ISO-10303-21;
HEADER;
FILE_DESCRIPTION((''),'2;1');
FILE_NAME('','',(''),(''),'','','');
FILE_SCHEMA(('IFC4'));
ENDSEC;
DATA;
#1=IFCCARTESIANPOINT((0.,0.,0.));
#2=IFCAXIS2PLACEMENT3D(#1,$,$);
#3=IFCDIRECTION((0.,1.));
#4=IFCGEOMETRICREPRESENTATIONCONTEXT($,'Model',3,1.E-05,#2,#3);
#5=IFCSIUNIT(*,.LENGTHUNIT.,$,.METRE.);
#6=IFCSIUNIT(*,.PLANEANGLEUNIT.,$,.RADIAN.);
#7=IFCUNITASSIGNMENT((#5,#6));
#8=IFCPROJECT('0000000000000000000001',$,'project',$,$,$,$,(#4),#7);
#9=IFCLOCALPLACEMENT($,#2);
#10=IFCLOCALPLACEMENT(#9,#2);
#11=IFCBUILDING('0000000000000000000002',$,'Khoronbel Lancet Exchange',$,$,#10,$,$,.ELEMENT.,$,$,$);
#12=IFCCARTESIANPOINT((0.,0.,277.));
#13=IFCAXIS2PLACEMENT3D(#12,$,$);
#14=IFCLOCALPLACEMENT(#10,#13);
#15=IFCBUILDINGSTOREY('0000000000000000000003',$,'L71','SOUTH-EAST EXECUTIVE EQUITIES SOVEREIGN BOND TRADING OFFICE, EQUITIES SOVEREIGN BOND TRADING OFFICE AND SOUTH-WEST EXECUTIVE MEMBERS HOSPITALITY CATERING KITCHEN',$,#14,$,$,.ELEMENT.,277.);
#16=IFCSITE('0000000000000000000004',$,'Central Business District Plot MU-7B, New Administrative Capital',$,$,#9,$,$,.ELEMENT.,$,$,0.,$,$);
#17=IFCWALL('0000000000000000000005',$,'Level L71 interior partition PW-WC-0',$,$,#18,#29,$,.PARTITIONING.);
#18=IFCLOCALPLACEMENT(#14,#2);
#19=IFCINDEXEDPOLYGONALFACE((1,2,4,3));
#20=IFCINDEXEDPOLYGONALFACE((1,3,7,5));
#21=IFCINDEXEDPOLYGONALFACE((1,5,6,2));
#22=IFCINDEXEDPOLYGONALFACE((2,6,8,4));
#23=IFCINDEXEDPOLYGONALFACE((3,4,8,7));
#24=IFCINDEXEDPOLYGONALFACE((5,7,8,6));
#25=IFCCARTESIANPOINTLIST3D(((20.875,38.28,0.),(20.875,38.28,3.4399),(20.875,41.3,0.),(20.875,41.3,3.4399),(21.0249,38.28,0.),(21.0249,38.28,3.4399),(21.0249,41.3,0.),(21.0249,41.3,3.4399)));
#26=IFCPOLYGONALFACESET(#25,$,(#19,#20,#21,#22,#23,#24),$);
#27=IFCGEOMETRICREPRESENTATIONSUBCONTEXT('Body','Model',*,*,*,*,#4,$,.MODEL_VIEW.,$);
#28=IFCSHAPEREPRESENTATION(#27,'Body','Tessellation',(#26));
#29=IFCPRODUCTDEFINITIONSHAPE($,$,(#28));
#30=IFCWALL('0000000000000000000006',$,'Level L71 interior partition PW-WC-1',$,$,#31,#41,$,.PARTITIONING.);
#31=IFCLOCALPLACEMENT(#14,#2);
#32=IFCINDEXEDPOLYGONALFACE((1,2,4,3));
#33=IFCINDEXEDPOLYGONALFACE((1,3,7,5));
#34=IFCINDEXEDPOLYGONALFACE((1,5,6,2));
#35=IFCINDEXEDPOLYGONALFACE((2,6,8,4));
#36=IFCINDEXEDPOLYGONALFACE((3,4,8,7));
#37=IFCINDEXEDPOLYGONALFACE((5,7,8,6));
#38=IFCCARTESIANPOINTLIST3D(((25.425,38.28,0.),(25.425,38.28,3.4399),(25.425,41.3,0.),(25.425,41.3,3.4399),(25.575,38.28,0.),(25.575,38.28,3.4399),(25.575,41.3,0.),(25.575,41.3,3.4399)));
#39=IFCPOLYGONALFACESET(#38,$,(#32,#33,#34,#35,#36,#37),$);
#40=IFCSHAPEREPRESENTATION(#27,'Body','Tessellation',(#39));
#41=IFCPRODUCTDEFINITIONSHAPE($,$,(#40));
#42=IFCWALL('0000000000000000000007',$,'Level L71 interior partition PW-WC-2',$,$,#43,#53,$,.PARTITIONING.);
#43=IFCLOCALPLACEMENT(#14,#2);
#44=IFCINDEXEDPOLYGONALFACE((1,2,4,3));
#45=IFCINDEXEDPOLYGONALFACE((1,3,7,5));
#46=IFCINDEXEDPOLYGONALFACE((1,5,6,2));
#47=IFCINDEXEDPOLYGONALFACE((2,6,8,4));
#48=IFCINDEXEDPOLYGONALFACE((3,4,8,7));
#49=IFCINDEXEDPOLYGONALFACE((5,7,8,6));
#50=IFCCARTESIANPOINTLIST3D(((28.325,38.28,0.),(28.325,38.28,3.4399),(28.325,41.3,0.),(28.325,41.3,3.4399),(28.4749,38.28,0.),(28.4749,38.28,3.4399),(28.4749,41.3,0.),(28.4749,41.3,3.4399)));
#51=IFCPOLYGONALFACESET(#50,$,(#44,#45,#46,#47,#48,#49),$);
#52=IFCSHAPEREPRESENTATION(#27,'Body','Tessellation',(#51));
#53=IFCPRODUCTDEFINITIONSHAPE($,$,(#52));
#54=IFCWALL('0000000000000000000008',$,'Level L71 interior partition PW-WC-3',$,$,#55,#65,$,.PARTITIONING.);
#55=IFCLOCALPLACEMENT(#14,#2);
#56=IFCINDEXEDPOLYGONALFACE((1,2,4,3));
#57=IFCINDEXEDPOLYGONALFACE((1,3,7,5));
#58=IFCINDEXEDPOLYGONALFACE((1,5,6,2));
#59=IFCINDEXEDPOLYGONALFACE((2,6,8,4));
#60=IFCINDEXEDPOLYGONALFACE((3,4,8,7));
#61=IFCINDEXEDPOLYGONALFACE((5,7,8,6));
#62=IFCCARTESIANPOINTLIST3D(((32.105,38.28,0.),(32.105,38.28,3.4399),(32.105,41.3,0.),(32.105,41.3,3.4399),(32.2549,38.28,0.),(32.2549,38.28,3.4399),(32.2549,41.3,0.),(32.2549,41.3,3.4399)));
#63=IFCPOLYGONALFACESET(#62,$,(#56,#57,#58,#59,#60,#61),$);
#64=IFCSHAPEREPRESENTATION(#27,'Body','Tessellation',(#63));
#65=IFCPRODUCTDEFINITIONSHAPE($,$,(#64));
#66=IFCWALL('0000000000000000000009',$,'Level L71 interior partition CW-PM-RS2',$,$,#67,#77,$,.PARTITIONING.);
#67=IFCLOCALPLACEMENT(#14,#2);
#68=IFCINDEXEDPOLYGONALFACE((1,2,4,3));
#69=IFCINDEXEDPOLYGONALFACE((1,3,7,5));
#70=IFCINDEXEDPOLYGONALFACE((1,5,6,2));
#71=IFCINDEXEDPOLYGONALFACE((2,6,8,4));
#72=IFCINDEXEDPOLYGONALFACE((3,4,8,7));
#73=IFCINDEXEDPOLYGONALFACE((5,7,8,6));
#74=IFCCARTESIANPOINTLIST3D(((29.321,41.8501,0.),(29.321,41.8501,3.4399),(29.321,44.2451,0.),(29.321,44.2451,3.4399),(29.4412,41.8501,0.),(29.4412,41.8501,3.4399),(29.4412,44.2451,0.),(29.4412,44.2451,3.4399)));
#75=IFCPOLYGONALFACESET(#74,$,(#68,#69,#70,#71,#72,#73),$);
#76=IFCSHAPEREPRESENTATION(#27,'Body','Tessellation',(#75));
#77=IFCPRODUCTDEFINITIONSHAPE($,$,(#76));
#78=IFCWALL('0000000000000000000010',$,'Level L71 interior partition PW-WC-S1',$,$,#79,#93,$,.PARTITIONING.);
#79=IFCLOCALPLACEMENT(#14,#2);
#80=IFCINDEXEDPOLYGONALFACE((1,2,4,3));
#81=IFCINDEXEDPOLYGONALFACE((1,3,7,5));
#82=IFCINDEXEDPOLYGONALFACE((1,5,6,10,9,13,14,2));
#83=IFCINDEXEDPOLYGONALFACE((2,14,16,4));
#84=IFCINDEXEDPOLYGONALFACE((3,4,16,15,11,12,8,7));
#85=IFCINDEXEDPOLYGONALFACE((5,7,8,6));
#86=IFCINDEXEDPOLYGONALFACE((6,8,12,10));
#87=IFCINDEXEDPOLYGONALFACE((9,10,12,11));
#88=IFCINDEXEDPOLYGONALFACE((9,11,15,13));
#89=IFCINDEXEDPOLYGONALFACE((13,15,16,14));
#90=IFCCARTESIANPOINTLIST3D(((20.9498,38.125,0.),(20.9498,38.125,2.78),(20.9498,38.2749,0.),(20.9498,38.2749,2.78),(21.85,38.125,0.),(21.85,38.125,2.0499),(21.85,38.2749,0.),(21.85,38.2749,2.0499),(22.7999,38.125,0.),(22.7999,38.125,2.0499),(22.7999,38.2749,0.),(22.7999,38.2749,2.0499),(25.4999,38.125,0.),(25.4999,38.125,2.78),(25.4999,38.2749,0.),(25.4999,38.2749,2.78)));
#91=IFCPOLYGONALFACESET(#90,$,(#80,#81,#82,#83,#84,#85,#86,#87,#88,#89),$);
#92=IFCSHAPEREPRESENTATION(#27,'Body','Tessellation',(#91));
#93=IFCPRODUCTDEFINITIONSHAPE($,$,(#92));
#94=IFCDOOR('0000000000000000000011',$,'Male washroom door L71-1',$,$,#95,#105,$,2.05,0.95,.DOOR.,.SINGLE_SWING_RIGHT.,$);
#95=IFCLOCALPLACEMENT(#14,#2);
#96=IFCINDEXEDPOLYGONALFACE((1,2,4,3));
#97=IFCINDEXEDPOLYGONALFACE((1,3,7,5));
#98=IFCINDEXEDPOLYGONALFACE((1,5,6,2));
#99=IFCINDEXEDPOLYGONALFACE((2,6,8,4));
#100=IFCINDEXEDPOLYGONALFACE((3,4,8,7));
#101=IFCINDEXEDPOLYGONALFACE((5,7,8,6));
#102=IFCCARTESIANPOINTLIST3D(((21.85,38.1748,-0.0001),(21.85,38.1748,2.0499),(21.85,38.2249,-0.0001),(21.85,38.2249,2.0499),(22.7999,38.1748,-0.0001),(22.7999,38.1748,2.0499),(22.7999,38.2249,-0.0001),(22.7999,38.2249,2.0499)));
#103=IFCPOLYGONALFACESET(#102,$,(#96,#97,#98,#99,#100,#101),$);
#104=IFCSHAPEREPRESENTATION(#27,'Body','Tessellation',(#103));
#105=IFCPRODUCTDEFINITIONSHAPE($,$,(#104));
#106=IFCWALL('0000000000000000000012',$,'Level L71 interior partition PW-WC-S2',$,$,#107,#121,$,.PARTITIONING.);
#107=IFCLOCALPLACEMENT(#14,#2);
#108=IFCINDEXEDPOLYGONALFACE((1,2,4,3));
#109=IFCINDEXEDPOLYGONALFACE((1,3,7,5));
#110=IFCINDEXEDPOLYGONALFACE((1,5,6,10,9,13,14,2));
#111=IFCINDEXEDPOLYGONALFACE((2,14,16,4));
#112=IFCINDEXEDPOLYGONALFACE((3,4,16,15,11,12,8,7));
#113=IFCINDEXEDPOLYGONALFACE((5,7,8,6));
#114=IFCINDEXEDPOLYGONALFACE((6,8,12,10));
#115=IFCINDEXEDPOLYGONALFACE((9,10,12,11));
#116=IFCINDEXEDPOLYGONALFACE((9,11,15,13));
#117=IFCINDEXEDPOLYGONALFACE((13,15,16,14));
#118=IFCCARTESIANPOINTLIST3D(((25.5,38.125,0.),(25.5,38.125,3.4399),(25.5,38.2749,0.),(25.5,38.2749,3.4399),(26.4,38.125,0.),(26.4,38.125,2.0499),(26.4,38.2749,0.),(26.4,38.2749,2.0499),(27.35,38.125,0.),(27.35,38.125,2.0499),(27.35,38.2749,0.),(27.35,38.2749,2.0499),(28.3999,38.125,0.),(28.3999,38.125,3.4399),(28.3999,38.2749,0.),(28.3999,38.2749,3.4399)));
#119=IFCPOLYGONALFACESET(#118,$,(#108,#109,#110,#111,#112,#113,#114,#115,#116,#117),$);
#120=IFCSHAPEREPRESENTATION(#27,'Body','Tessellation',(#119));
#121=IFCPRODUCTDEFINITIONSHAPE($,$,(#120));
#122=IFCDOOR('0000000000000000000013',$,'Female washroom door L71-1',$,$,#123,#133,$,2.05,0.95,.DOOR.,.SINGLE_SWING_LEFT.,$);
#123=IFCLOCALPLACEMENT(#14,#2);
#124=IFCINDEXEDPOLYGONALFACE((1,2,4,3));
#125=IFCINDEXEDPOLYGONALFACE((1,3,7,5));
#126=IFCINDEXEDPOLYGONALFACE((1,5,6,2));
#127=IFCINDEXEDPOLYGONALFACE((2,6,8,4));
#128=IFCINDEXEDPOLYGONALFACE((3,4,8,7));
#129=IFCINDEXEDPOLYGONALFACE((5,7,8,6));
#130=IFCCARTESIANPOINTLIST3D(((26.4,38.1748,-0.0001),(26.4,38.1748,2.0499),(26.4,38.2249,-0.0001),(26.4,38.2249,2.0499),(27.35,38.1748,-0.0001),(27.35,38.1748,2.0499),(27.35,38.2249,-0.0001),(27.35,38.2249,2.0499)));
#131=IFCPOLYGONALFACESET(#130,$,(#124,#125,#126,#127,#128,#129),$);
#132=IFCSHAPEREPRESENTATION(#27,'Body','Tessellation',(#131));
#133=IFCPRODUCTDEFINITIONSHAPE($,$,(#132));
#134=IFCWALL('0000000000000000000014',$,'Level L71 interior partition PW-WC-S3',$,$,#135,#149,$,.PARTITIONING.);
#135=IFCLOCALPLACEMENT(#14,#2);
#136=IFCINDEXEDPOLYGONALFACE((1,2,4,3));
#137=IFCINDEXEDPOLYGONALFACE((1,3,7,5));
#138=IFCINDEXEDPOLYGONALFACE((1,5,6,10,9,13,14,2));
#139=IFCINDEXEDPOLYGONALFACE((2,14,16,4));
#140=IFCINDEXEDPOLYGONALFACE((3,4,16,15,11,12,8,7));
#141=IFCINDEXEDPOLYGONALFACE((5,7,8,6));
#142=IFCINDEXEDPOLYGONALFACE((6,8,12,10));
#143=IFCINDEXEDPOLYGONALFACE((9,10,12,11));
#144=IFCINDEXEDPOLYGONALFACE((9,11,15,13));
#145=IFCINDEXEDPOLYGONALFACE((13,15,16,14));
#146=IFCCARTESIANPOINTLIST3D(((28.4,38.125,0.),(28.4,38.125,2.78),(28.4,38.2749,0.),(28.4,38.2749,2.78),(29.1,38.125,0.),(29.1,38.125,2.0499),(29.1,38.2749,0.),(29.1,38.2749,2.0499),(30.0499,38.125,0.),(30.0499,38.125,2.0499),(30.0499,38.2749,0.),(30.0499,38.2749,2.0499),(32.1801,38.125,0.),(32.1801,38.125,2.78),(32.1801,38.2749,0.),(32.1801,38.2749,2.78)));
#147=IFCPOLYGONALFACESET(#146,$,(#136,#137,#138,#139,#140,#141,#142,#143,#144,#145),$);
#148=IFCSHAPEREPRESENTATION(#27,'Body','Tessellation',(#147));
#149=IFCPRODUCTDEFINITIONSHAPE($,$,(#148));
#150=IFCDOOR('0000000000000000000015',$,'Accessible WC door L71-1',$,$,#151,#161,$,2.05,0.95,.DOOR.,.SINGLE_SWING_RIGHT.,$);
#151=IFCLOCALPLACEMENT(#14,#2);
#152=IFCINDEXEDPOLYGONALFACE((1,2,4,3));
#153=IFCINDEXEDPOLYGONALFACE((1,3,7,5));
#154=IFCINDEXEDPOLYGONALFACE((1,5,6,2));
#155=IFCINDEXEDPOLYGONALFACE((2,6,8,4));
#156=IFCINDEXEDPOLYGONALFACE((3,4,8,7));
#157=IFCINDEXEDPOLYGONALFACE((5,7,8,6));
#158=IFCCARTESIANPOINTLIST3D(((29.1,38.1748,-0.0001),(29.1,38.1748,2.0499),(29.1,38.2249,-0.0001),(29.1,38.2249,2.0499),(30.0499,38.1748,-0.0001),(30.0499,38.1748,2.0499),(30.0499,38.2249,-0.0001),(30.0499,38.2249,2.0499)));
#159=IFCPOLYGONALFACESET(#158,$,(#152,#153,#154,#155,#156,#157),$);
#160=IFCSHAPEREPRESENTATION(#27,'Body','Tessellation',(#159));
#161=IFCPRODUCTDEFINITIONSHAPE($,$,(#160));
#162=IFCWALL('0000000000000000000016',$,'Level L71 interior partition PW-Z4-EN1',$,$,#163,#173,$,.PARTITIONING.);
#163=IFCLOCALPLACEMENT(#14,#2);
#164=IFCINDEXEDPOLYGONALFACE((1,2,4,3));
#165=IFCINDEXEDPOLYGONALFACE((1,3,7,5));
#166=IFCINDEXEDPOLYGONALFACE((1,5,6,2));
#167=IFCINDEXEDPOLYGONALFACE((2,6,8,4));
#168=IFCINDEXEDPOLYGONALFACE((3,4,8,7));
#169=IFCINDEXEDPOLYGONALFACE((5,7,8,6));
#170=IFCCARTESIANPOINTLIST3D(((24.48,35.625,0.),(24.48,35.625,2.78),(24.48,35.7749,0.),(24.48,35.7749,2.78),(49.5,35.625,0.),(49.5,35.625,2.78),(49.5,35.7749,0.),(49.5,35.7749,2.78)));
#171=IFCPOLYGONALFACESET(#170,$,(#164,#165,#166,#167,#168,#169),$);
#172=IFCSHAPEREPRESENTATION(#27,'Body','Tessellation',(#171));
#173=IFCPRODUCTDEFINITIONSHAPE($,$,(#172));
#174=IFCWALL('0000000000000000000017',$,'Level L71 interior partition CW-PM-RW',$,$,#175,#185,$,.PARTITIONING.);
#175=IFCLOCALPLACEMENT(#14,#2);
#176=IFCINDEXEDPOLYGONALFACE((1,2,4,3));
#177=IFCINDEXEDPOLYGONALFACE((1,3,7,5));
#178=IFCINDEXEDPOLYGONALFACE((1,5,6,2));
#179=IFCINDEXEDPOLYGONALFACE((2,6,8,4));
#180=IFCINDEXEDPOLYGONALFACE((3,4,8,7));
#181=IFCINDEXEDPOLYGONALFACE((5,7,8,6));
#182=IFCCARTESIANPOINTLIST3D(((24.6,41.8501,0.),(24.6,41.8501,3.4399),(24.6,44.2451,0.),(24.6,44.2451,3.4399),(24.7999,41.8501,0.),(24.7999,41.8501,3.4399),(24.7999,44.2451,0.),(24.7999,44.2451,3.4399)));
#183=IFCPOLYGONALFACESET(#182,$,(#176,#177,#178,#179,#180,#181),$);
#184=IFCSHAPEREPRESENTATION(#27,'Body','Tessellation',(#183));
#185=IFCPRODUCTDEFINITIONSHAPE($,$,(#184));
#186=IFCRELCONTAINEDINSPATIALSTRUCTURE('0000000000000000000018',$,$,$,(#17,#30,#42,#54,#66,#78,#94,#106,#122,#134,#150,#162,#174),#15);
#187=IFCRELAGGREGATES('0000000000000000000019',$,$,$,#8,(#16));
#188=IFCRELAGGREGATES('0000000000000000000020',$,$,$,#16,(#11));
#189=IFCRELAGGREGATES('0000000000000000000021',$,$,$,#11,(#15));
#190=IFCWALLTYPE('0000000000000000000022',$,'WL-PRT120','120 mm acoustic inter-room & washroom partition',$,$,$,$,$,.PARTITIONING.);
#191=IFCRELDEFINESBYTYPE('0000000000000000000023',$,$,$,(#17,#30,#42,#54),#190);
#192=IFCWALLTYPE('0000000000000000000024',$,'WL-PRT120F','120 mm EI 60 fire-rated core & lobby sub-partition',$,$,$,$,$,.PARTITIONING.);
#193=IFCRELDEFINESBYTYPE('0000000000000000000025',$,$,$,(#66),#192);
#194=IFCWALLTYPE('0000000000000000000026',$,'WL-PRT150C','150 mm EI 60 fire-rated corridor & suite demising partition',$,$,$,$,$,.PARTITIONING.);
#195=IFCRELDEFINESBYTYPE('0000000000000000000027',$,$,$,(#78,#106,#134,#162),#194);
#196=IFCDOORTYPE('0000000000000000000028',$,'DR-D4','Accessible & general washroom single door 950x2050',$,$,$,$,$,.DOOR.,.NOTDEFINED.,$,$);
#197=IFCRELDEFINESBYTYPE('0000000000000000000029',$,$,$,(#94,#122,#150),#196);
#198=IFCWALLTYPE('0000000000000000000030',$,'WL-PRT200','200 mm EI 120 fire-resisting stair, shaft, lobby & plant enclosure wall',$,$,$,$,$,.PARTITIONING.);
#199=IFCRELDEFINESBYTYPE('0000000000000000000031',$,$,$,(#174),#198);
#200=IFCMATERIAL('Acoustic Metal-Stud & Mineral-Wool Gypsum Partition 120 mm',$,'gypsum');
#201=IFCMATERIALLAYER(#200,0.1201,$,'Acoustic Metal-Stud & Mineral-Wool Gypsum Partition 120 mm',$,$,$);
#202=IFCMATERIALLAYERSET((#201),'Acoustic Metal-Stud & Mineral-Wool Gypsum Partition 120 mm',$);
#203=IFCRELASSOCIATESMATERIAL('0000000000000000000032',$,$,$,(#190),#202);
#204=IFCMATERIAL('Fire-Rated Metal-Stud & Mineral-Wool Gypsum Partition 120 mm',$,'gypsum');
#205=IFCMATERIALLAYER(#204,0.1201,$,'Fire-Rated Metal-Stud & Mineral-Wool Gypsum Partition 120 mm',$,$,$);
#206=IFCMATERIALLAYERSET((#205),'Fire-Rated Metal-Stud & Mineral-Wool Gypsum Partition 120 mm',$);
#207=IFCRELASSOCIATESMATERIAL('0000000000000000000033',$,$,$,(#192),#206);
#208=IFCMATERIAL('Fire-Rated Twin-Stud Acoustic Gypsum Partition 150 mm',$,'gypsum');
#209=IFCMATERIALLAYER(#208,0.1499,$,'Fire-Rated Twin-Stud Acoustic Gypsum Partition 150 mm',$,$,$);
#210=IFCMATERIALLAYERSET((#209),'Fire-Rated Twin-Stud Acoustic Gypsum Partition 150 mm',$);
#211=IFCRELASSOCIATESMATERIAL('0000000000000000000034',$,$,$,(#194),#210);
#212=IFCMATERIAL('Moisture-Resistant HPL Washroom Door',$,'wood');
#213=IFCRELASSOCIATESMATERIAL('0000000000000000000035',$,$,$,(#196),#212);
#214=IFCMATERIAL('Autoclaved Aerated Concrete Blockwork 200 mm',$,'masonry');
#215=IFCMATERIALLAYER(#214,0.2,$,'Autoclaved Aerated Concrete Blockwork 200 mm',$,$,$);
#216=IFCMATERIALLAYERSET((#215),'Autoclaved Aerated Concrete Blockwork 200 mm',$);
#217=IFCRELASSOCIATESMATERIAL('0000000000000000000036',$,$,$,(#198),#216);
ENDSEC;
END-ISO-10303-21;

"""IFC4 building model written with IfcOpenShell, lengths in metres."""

from ifc_helpers import new_model, si_unit, direction, frame, frame_2d, origin, place, context, subcontext, project, spatial, rectangle, extrude, material, layer, layer_set, type_object, element, fill, save


model = new_model("IFC4")

# Units and contexts
model_context = context("Model", 3, precision=1e-05, world=origin(), true_north=direction((0.0, 1.0)))
body_context = subcontext(model_context, "Body", "Model", "MODEL_VIEW")
ifc_project = project(units=[si_unit("LENGTHUNIT", "METRE"), si_unit("PLANEANGLEUNIT", "RADIAN")], contexts=[model_context])

# Site, building, storey
site_placement = place(None, origin())
site = spatial("IfcSite", under=ifc_project, at=site_placement, Name="Central Business District Plot MU-7B, New Administrative Capital", CompositionType="ELEMENT", RefElevation=0.0)
building_placement = place(site_placement, origin())
building = spatial("IfcBuilding", under=site, at=building_placement, Name="Khoronbel Lancet Exchange", CompositionType="ELEMENT")
storey_placement = place(building_placement, frame((0.0, 0.0, 277.0)))
storey = spatial("IfcBuildingStorey", under=building, at=storey_placement, Name="L71", Description="SOUTH-EAST EXECUTIVE EQUITIES SOVEREIGN BOND TRADING OFFICE, EQUITIES SOVEREIGN BOND TRADING OFFICE AND SOUTH-WEST EXECUTIVE MEMBERS HOSPITALITY CATERING KITCHEN", CompositionType="ELEMENT", Elevation=277.0)

# Walls
ifc_material_1 = material(Name="Acoustic Metal-Stud & Mineral-Wool Gypsum Partition 120 mm", Category="gypsum")
ifc_layer_1 = layer(ifc_material_1, 0.1201, Name="Acoustic Metal-Stud & Mineral-Wool Gypsum Partition 120 mm")
ifc_layer_set_1 = layer_set([ifc_layer_1], Name="Acoustic Metal-Stud & Mineral-Wool Gypsum Partition 120 mm")
wall_type_1 = type_object("IfcWallType", Name="WL-PRT120", Description="120 mm acoustic inter-room & washroom partition", PredefinedType="PARTITIONING", material=ifc_layer_set_1)
for number, where, z_axis, x_axis, name in (
    (1, (20.95, 38.28, 0.0), (0.0, 0.0, 1.0), (0.0, 1.0, 0.0), "Level L71 interior partition PW-WC-0"),
    (2, (25.5, 38.28, 0.0), (0.0, 0.0, 1.0), (0.0, 1.0, 0.0), "Level L71 interior partition PW-WC-1"),
    (3, (28.3999, 38.28, 0.0), (0.0, 0.0, 1.0), (0.0, 1.0, 0.0), "Level L71 interior partition PW-WC-2"),
    (4, (32.1799, 38.28, 0.0), (0.0, 0.0, 1.0), (0.0, 1.0, 0.0), "Level L71 interior partition PW-WC-3"),
):
    element("IfcWall", number, at=place(storey_placement, frame(where, z_axis=z_axis, x_axis=x_axis)), inside=storey, type_object=wall_type_1, Name=name, PredefinedType="PARTITIONING", context=body_context, shape_type="SweptSolid", body=[
        extrude(rectangle(XDim=3.02, YDim=0.1499, at=frame_2d((1.51, 0.0))), origin(), (0.0, 0.0, 1.0), 3.4399),
    ])
ifc_material_2 = material(Name="Fire-Rated Metal-Stud & Mineral-Wool Gypsum Partition 120 mm", Category="gypsum")
ifc_layer_2 = layer(ifc_material_2, 0.1201, Name="Fire-Rated Metal-Stud & Mineral-Wool Gypsum Partition 120 mm")
ifc_layer_set_2 = layer_set([ifc_layer_2], Name="Fire-Rated Metal-Stud & Mineral-Wool Gypsum Partition 120 mm")
wall_type_2 = type_object("IfcWallType", Name="WL-PRT120F", Description="120 mm EI 60 fire-rated core & lobby sub-partition", PredefinedType="PARTITIONING", material=ifc_layer_set_2)
wall_1_placement = place(storey_placement, frame((29.3811, 41.8501, 0.0), z_axis=(0.0, 0.0, 1.0), x_axis=(0.0, 1.0, 0.0)))
element("IfcWall", 5, at=wall_1_placement, inside=storey, type_object=wall_type_2, Name="Level L71 interior partition CW-PM-RS2", PredefinedType="PARTITIONING", context=body_context, shape_type="SweptSolid", body=[
    extrude(rectangle(XDim=2.395, YDim=0.1201, at=frame_2d((1.1975, 0.0))), origin(), (0.0, 0.0, 1.0), 3.4399),
])

# Walls, openings, doors
ifc_material_3 = material(Name="Fire-Rated Twin-Stud Acoustic Gypsum Partition 150 mm", Category="gypsum")
ifc_layer_3 = layer(ifc_material_3, 0.1499, Name="Fire-Rated Twin-Stud Acoustic Gypsum Partition 150 mm")
ifc_layer_set_3 = layer_set([ifc_layer_3], Name="Fire-Rated Twin-Stud Acoustic Gypsum Partition 150 mm")
wall_type_3 = type_object("IfcWallType", Name="WL-PRT150C", Description="150 mm EI 60 fire-rated corridor & suite demising partition", PredefinedType="PARTITIONING", material=ifc_layer_set_3)
wall_2_placement = place(storey_placement, frame((20.95, 38.2, 0.0), z_axis=(0.0, 0.0, 1.0), x_axis=(1.0, 0.0, 0.0)))
wall_2 = element("IfcWall", 6, at=wall_2_placement, inside=storey, type_object=wall_type_3, Name="Level L71 interior partition PW-WC-S1", PredefinedType="PARTITIONING", context=body_context, shape_type="SweptSolid", body=[
    extrude(rectangle(XDim=4.55, YDim=0.1499, at=frame_2d((2.2749, 0.0))), origin(), (0.0, 0.0, 1.0), 2.78),
])
opening_1_placement = place(wall_2_placement, frame((0.8999, 0.0, 0.0)))
opening_1 = element("IfcOpeningElement", 7, at=opening_1_placement, cuts=wall_2, PredefinedType="OPENING", context=body_context, shape_type="SweptSolid", body=[
    extrude(rectangle(XDim=0.95, YDim=2.05, at=frame_2d((0.4751, 1.0249))), frame((0.0, 0.085, 0.0), z_axis=(0.0, -1.0, 0.0), x_axis=(1.0, 0.0, 0.0)), (0.0, 0.0, 1.0), 0.1699),
])
ifc_material_4 = material(Name="Moisture-Resistant HPL Washroom Door", Category="wood")
door_type_1 = type_object("IfcDoorType", Name="DR-D4", Description="Accessible & general washroom single door 950x2050", OperationType="NOTDEFINED", PredefinedType="DOOR", material=ifc_material_4)
door_1_placement = place(opening_1_placement, origin())
door_1 = element("IfcDoor", 8, at=door_1_placement, inside=storey, type_object=door_type_1, Name="Male washroom door L71-1", OperationType="SINGLE_SWING_RIGHT", OverallHeight=2.05, OverallWidth=0.95, PredefinedType="DOOR", context=body_context, shape_type="SweptSolid", body=[
    extrude(rectangle(XDim=0.95, YDim=2.05, at=frame_2d((0.4751, 1.0249))), frame((0.0, 0.0249, 0.0), z_axis=(0.0, -1.0, 0.0), x_axis=(1.0, 0.0, 0.0)), (0.0, 0.0, 1.0), 0.05),
])
fill(opening_1, door_1)
wall_3_placement = place(storey_placement, frame((25.5, 38.2, 0.0), z_axis=(0.0, 0.0, 1.0), x_axis=(1.0, 0.0, 0.0)))
wall_3 = element("IfcWall", 9, at=wall_3_placement, inside=storey, type_object=wall_type_3, Name="Level L71 interior partition PW-WC-S2", PredefinedType="PARTITIONING", context=body_context, shape_type="SweptSolid", body=[
    extrude(rectangle(XDim=2.8999, YDim=0.1499, at=frame_2d((1.45, 0.0))), origin(), (0.0, 0.0, 1.0), 3.4399),
])
opening_2_placement = place(wall_3_placement, frame((0.8999, 0.0, 0.0)))
opening_2 = element("IfcOpeningElement", 10, at=opening_2_placement, cuts=wall_3, PredefinedType="OPENING", context=body_context, shape_type="SweptSolid", body=[
    extrude(rectangle(XDim=0.95, YDim=2.05, at=frame_2d((0.4751, 1.0249))), frame((0.0, 0.085, 0.0), z_axis=(0.0, -1.0, 0.0), x_axis=(1.0, 0.0, 0.0)), (0.0, 0.0, 1.0), 0.1699),
])
door_2_placement = place(opening_2_placement, origin())
door_2 = element("IfcDoor", 11, at=door_2_placement, inside=storey, type_object=door_type_1, Name="Female washroom door L71-1", OperationType="SINGLE_SWING_LEFT", OverallHeight=2.05, OverallWidth=0.95, PredefinedType="DOOR", context=body_context, shape_type="SweptSolid", body=[
    extrude(rectangle(XDim=0.95, YDim=2.05, at=frame_2d((0.4751, 1.0249))), frame((0.0, 0.0249, 0.0), z_axis=(0.0, -1.0, 0.0), x_axis=(1.0, 0.0, 0.0)), (0.0, 0.0, 1.0), 0.05),
])
fill(opening_2, door_2)
wall_4_placement = place(storey_placement, frame((28.3999, 38.2, 0.0), z_axis=(0.0, 0.0, 1.0), x_axis=(1.0, 0.0, 0.0)))
wall_4 = element("IfcWall", 12, at=wall_4_placement, inside=storey, type_object=wall_type_3, Name="Level L71 interior partition PW-WC-S3", PredefinedType="PARTITIONING", context=body_context, shape_type="SweptSolid", body=[
    extrude(rectangle(XDim=3.78, YDim=0.1499, at=frame_2d((1.8901, 0.0))), origin(), (0.0, 0.0, 1.0), 2.78),
])
opening_3_placement = place(wall_4_placement, frame((0.7, 0.0, 0.0)))
opening_3 = element("IfcOpeningElement", 13, at=opening_3_placement, cuts=wall_4, PredefinedType="OPENING", context=body_context, shape_type="SweptSolid", body=[
    extrude(rectangle(XDim=0.95, YDim=2.05, at=frame_2d((0.4751, 1.0249))), frame((0.0, 0.085, 0.0), z_axis=(0.0, -1.0, 0.0), x_axis=(1.0, 0.0, 0.0)), (0.0, 0.0, 1.0), 0.1699),
])
door_3_placement = place(opening_3_placement, origin())
door_3 = element("IfcDoor", 14, at=door_3_placement, inside=storey, type_object=door_type_1, Name="Accessible WC door L71-1", OperationType="SINGLE_SWING_RIGHT", OverallHeight=2.05, OverallWidth=0.95, PredefinedType="DOOR", context=body_context, shape_type="SweptSolid", body=[
    extrude(rectangle(XDim=0.95, YDim=2.05, at=frame_2d((0.4751, 1.0249))), frame((0.0, 0.0249, 0.0), z_axis=(0.0, -1.0, 0.0), x_axis=(1.0, 0.0, 0.0)), (0.0, 0.0, 1.0), 0.05),
])
fill(opening_3, door_3)

# Wall
wall_5_placement = place(storey_placement, frame((24.48, 35.7, 0.0), z_axis=(0.0, 0.0, 1.0), x_axis=(1.0, 0.0, 0.0)))
element("IfcWall", 15, at=wall_5_placement, inside=storey, type_object=wall_type_3, Name="Level L71 interior partition PW-Z4-EN1", PredefinedType="PARTITIONING", context=body_context, shape_type="SweptSolid", body=[
    extrude(rectangle(XDim=25.02, YDim=0.1499, at=frame_2d((12.51, 0.0))), origin(), (0.0, 0.0, 1.0), 2.78),
])

# Shared definitions
ifc_material_5 = material(Name="Autoclaved Aerated Concrete Blockwork 200 mm", Category="masonry")
ifc_layer_4 = layer(ifc_material_5, 0.2, Name="Autoclaved Aerated Concrete Blockwork 200 mm")
ifc_layer_set_4 = layer_set([ifc_layer_4], Name="Autoclaved Aerated Concrete Blockwork 200 mm")
wall_type_4 = type_object("IfcWallType", Name="WL-PRT200", Description="200 mm EI 120 fire-resisting stair, shaft, lobby & plant enclosure wall", PredefinedType="PARTITIONING", material=ifc_layer_set_4)

# Wall
for number, where, z_axis, x_axis, name in (
    (16, (24.7, 41.8501, 0.0), (0.0, 0.0, 1.0), (0.0, 1.0, 0.0), "Level L71 interior partition CW-PM-RW"),
):
    element("IfcWall", number, at=place(storey_placement, frame(where, z_axis=z_axis, x_axis=x_axis)), inside=storey, type_object=wall_type_4, Name=name, PredefinedType="PARTITIONING", context=body_context, shape_type="SweptSolid", body=[
        extrude(rectangle(XDim=2.395, YDim=0.2, at=frame_2d((1.1975, 0.0))), origin(), (0.0, 0.0, 1.0), 3.4399),
    ])

save(model, "model.ifc")
